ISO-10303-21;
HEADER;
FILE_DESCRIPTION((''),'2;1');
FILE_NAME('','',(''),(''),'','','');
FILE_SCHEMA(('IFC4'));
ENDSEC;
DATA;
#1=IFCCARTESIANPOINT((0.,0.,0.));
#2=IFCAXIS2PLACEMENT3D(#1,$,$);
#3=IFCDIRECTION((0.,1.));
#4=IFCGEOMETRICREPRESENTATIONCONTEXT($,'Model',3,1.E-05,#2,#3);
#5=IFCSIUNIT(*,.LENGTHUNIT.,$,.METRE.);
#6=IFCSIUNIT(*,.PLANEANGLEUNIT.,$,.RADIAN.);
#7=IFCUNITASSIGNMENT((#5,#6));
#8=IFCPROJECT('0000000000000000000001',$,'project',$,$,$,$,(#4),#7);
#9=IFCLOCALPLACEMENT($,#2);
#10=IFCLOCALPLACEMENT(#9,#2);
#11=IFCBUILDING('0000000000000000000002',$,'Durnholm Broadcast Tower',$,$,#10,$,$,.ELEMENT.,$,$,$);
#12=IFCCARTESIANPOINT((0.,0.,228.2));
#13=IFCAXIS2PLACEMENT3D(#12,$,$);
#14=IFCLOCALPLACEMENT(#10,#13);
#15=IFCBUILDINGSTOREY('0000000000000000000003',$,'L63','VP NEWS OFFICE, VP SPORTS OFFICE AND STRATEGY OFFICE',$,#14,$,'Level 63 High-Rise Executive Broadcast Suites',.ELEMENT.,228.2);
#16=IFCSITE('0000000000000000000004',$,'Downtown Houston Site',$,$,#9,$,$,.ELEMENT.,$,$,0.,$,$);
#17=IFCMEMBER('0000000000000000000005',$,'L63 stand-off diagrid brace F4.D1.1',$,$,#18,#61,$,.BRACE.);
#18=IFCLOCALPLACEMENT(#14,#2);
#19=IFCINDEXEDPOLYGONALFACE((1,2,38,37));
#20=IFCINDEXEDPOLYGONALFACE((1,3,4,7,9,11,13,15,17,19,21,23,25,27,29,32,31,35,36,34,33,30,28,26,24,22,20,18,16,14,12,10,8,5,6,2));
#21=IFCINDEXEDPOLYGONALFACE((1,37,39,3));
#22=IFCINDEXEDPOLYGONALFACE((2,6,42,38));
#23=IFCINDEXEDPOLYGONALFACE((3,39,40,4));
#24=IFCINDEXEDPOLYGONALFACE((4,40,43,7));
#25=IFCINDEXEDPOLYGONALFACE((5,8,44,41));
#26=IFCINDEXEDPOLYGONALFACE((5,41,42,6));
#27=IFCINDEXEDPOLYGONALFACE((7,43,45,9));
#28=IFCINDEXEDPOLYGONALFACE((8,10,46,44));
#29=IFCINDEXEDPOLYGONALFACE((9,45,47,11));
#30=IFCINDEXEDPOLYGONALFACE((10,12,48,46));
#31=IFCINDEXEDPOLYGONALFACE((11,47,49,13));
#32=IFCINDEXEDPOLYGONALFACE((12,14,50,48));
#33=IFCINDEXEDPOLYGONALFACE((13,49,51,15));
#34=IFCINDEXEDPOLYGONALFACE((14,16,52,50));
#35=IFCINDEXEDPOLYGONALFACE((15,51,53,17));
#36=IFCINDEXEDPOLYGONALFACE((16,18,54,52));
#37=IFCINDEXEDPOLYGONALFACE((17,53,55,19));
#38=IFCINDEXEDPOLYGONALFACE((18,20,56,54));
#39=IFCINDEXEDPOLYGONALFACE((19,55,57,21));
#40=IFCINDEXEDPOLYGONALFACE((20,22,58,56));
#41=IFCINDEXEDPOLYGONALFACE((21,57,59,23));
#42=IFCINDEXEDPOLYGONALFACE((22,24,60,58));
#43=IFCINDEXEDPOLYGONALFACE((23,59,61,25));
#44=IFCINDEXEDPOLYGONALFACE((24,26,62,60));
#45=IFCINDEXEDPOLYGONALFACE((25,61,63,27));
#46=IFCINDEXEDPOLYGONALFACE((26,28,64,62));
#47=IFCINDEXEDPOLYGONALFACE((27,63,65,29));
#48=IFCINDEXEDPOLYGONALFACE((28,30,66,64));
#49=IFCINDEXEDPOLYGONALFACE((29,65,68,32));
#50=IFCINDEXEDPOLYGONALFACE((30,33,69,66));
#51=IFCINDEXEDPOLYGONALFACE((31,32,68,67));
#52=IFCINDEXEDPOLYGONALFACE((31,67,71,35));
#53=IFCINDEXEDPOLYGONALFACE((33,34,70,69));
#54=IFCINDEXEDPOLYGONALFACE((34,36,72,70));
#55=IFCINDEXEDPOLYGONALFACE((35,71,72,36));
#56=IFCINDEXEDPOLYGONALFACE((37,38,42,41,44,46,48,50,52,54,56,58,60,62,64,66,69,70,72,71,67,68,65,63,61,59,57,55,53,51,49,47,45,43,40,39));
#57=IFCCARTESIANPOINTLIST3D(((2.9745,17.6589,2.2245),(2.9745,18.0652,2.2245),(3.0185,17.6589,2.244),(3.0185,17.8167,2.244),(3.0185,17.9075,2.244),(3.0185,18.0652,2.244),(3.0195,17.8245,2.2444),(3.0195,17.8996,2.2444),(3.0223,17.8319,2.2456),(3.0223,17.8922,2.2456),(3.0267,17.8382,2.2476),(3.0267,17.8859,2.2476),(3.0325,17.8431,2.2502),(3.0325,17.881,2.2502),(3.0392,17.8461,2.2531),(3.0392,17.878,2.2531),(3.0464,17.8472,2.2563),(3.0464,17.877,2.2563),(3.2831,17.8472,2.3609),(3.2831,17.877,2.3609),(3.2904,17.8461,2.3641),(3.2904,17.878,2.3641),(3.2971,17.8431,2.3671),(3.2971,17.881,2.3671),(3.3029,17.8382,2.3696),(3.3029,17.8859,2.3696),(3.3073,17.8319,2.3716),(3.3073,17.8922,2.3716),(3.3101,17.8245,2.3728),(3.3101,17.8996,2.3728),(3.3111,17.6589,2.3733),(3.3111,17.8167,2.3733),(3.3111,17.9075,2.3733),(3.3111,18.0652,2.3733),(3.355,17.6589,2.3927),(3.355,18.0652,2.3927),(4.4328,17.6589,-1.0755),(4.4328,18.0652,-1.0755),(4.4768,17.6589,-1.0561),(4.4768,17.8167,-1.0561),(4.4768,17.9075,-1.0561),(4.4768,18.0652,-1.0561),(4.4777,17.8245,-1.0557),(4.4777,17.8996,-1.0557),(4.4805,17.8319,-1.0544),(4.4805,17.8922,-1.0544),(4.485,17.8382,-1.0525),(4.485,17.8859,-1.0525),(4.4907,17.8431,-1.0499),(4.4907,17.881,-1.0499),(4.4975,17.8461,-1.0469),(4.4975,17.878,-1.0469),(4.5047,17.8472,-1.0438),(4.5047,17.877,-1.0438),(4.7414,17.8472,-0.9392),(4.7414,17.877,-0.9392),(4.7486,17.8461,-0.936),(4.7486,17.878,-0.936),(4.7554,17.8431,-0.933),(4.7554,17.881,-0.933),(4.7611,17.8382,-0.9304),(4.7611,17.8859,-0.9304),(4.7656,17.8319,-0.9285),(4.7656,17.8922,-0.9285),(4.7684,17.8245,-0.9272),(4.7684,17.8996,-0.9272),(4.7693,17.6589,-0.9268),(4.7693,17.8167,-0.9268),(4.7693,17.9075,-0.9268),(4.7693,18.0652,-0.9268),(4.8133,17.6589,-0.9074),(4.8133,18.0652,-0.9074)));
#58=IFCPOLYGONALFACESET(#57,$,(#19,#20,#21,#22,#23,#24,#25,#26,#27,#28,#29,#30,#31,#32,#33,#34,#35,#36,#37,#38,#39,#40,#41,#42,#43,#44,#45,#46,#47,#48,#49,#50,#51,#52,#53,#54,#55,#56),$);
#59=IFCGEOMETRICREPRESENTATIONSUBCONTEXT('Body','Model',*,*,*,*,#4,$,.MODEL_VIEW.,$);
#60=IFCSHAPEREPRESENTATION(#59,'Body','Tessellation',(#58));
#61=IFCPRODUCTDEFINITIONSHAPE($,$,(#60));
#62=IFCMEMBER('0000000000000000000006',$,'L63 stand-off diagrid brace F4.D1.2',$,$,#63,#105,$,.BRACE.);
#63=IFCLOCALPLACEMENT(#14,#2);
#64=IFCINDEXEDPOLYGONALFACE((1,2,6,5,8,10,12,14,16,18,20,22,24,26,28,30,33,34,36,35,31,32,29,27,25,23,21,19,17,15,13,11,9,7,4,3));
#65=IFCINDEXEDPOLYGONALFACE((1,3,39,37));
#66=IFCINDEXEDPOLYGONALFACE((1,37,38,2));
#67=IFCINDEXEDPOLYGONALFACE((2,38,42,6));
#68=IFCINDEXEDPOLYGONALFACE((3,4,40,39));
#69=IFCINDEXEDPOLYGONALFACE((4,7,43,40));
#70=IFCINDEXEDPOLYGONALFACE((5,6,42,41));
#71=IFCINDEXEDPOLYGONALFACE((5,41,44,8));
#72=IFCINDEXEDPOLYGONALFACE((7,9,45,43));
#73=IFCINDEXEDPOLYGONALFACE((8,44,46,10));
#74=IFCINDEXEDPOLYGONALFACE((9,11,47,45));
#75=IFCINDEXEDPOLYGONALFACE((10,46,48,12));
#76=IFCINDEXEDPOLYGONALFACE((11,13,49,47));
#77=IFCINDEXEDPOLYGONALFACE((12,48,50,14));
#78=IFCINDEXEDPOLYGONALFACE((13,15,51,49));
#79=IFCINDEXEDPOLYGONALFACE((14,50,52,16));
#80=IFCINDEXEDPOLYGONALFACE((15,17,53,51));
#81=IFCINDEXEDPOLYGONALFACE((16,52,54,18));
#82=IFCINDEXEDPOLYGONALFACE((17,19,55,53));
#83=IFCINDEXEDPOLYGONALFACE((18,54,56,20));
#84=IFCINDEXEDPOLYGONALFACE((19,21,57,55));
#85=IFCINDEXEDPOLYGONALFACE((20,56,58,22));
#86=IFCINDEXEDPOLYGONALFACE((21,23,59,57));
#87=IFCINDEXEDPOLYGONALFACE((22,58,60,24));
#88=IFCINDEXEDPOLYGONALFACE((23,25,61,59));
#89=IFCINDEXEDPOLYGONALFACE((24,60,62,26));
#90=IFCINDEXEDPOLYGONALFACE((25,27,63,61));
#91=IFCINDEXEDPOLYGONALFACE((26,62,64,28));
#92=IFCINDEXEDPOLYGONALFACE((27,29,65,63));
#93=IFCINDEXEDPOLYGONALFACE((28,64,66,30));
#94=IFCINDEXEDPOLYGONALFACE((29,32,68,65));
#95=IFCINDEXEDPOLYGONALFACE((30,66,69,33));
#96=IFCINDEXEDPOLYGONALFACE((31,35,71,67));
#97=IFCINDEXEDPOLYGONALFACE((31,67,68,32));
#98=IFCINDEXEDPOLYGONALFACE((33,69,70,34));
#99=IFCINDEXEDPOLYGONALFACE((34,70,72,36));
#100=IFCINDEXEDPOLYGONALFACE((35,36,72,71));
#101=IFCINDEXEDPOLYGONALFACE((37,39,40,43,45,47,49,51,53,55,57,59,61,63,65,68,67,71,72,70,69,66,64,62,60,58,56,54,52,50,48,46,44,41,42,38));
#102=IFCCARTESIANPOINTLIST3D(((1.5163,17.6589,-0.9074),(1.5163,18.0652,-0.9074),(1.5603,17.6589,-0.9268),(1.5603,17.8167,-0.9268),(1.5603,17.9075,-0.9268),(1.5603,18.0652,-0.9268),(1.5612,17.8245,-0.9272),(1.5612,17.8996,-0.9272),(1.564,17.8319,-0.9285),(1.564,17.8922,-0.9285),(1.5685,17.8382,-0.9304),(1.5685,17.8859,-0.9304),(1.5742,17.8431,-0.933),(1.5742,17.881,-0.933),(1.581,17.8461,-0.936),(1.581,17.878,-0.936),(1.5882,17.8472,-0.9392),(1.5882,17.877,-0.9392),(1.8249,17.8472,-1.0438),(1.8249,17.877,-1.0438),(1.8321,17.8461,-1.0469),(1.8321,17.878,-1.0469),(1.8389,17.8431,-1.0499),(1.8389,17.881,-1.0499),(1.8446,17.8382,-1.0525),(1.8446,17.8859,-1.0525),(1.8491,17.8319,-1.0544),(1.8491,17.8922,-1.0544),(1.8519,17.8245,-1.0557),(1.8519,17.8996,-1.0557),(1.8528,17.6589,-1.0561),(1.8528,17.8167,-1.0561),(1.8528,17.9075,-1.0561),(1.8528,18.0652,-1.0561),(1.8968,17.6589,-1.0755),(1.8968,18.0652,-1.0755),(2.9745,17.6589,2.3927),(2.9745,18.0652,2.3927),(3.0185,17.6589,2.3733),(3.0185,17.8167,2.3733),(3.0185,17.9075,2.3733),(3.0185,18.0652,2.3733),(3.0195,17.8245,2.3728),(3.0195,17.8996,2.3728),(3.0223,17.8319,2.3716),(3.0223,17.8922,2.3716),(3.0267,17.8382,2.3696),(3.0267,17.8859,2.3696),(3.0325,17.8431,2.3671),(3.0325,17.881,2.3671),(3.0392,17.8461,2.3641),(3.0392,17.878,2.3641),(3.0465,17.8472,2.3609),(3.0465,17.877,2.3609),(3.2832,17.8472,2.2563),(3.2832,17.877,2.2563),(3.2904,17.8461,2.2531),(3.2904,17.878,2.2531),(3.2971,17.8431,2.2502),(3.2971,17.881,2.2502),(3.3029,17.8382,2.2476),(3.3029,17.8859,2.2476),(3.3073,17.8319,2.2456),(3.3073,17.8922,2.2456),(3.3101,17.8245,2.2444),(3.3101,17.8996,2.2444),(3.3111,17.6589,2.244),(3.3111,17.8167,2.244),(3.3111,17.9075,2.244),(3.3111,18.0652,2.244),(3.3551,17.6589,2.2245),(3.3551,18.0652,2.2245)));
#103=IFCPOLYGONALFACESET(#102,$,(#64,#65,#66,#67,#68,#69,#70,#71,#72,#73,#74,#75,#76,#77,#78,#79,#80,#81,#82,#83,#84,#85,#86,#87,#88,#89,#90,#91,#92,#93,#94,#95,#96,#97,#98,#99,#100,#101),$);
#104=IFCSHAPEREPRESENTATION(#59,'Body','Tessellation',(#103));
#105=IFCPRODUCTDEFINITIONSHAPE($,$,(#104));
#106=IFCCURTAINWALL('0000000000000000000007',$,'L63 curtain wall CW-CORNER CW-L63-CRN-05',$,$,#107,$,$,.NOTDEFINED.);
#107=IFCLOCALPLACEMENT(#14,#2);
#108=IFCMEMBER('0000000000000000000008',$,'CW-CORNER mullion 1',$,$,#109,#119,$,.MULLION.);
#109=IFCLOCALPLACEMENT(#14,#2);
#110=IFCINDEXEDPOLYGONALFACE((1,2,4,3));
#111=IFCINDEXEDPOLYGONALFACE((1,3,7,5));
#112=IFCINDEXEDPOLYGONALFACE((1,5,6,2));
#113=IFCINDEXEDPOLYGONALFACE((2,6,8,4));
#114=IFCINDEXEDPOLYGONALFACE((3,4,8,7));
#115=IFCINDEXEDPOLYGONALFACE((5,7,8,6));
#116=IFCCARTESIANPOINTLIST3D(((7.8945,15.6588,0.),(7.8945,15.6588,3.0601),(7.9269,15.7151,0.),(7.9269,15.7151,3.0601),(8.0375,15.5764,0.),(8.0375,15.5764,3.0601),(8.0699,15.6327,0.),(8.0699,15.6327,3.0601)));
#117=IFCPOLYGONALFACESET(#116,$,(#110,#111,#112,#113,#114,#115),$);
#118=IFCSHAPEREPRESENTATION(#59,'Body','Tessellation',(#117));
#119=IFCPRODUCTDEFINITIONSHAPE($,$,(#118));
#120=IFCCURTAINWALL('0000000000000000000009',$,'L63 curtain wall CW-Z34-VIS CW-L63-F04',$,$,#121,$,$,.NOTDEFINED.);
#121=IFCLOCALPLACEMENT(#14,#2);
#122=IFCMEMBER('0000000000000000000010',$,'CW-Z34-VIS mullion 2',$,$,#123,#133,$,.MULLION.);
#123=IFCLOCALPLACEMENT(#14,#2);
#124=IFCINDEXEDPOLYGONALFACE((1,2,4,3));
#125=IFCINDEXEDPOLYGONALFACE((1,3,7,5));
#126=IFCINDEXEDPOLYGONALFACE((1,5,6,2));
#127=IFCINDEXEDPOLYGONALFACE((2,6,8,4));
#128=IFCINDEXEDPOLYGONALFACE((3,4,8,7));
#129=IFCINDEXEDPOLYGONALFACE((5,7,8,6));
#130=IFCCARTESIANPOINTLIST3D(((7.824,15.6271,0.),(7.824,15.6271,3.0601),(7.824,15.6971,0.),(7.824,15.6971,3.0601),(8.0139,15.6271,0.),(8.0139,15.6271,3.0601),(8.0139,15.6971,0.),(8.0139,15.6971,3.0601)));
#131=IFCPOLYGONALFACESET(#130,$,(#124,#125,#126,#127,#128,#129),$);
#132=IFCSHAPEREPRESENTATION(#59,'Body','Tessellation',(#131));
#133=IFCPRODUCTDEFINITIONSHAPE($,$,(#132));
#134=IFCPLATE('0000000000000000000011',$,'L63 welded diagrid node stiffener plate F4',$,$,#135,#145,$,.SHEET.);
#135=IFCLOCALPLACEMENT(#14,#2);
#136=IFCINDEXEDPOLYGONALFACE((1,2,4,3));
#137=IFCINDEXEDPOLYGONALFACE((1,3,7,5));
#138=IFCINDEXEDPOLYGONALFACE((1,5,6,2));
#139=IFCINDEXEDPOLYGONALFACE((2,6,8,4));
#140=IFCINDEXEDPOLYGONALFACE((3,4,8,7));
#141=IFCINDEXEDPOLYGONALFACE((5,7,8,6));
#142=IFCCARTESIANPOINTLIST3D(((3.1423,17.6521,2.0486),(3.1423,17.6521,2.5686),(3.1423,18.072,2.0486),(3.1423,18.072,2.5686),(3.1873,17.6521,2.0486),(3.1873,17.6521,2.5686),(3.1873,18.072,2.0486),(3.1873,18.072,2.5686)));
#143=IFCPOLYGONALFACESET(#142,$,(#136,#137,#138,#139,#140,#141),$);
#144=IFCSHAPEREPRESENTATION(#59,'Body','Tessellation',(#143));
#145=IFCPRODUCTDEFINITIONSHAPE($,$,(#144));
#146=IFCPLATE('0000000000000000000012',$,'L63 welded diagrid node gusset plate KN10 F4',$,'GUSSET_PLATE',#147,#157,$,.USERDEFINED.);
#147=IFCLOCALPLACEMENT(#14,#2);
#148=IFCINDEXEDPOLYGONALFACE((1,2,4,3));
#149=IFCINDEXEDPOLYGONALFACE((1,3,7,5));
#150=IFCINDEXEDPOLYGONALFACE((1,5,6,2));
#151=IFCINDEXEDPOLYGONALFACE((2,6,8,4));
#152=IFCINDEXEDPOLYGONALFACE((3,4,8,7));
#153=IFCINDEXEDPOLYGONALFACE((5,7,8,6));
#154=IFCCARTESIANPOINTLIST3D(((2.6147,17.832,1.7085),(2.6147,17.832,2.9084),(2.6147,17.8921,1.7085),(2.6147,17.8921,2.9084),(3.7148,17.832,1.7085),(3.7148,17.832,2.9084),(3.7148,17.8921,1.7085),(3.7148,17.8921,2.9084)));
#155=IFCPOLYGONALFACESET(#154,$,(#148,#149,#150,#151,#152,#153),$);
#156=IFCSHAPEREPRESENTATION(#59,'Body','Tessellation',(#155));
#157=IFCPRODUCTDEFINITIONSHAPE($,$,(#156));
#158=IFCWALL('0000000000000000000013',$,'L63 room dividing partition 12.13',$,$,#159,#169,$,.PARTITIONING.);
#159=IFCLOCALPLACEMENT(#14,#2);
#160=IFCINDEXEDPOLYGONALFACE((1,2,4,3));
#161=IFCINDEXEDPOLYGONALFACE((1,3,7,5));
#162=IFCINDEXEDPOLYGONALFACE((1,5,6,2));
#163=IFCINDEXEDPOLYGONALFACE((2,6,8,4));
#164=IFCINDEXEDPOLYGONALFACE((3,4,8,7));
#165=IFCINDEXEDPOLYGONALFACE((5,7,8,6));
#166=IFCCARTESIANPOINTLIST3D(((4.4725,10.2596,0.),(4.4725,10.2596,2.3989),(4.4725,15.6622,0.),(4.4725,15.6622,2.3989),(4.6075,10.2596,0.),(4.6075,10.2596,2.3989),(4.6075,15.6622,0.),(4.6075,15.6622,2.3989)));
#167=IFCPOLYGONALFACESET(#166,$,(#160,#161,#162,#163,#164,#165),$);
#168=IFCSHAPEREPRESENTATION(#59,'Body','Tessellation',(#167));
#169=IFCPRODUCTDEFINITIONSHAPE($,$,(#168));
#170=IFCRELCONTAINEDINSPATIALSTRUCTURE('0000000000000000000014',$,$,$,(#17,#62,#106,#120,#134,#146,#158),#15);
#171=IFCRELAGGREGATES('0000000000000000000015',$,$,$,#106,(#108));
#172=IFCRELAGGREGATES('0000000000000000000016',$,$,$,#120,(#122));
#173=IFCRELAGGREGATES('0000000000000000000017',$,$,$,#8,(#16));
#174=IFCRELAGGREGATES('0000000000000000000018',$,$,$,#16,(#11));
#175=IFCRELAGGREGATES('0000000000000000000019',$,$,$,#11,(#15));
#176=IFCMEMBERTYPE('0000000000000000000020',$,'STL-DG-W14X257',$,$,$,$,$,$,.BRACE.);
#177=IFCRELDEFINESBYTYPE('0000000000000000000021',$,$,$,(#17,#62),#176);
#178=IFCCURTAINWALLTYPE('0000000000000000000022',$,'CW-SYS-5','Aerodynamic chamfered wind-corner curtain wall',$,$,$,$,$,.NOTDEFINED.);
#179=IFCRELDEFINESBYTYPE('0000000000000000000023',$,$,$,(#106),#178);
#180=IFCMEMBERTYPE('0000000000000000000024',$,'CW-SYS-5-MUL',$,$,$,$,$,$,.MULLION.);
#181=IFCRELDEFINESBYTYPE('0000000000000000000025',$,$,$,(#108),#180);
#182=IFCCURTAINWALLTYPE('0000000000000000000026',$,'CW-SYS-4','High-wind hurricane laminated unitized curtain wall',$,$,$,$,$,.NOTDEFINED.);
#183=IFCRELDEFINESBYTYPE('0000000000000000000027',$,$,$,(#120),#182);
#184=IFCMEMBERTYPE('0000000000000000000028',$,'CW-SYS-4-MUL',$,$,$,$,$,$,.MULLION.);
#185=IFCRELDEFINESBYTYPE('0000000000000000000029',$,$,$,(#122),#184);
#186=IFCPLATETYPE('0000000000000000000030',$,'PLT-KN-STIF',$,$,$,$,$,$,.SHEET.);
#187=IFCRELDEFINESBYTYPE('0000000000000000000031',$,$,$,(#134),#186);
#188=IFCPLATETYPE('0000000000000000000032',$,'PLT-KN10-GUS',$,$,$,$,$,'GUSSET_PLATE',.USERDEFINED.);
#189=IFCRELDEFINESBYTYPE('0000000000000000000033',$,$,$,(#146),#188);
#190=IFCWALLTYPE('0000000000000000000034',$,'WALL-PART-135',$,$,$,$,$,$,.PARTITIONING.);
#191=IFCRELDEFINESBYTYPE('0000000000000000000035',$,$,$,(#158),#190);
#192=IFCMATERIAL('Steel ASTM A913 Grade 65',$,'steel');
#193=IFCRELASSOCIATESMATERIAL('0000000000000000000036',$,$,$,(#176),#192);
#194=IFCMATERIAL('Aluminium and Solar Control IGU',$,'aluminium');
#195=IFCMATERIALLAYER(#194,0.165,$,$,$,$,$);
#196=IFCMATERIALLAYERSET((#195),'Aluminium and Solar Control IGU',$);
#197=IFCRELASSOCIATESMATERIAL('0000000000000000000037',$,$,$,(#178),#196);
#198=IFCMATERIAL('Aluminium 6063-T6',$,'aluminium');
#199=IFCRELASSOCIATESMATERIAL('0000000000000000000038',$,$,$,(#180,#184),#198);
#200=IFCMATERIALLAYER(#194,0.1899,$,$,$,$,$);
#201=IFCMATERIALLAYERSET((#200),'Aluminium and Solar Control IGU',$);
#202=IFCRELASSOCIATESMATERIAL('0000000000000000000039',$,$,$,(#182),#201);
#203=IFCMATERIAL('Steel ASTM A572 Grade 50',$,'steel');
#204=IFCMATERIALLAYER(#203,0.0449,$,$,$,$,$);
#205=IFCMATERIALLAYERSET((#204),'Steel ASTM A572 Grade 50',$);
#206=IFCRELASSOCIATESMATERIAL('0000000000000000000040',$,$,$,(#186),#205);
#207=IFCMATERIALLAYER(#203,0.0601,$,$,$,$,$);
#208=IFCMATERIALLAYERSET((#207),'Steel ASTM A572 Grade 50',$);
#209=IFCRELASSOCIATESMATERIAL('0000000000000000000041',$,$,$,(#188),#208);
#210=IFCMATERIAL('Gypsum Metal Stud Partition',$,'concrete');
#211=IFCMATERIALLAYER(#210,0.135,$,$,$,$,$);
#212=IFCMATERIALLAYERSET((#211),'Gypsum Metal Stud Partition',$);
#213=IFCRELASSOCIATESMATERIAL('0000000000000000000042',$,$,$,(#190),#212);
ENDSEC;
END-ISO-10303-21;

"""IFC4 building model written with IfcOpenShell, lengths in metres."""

from ifc_helpers import new_model, si_unit, direction, frame, frame_2d, origin, origin_2d, place, context, subcontext, project, spatial, rectangle, i_section, extrude, source, transform, mapped, material, layer, layer_set, material_profile, profile_set, type_object, type_shapes, element, aggregate, save


model = new_model("IFC4")

# Units and contexts
model_context = context("Model", 3, precision=1e-05, world=origin(), true_north=direction((0.0, 1.0)))
body_context = subcontext(model_context, "Body", "Model", "MODEL_VIEW")
ifc_project = project(units=[si_unit("LENGTHUNIT", "METRE"), si_unit("PLANEANGLEUNIT", "RADIAN")], contexts=[model_context])

# Site, building, storey
site_placement = place(None, origin())
site = spatial("IfcSite", under=ifc_project, at=site_placement, Name="Downtown Houston Site", CompositionType="ELEMENT", RefElevation=0.0)
building_placement = place(site_placement, origin())
building = spatial("IfcBuilding", under=site, at=building_placement, Name="Durnholm Broadcast Tower", CompositionType="ELEMENT")
storey_placement = place(building_placement, frame((0.0, 0.0, 228.2)))
storey = spatial("IfcBuildingStorey", under=building, at=storey_placement, Name="L63", Description="VP NEWS OFFICE, VP SPORTS OFFICE AND STRATEGY OFFICE", LongName="Level 63 High-Rise Executive Broadcast Suites", CompositionType="ELEMENT", Elevation=228.2)

# Members
ifc_material_1 = material(Name="Steel ASTM A913 Grade 65", Category="steel")
ifc_material_profile_1 = material_profile(ifc_material_1, i_section(OverallWidth=0.4062, OverallDepth=0.416, WebThickness=0.0298, FlangeThickness=0.0481, FilletRadius=0.0305, at=origin_2d()), Name="W14X257")
ifc_profile_set_1 = profile_set([ifc_material_profile_1], Name="Steel ASTM A913 Grade 65")
member_type_1 = type_object("IfcMemberType", Name="STL-DG-W14X257", PredefinedType="BRACE", material=ifc_profile_set_1)
shared_shape_1 = source(origin(), body_context, "Body", "SweptSolid", [
    extrude(i_section(OverallWidth=0.4062, OverallDepth=0.416, WebThickness=0.0298, FlangeThickness=0.0481, FilletRadius=0.0305, at=origin_2d()), origin(), (0.0, 0.0, 1.0), 3.6079),
])
type_shapes(member_type_1, [shared_shape_1])
for number, where, z_axis, x_axis, name in (
    (1, (4.623, 17.8621, -0.9915), (-0.404185, 0.0, 0.914677), (0.0, -1.0, 0.0), "L63 stand-off diagrid brace F4.D1.1"),
    (2, (1.7065, 17.8621, -0.9915), (0.404185, 0.0, 0.914677), (0.0, 1.0, 0.0), "L63 stand-off diagrid brace F4.D1.2"),
):
    element("IfcMember", number, at=place(storey_placement, frame(where, z_axis=z_axis, x_axis=x_axis)), inside=storey, type_object=member_type_1, Name=name, PredefinedType="BRACE", context=body_context, shape_type="MappedRepresentation", body=[
        mapped(shared_shape_1, transform((0.0, 0.0, 0.0), x_axis=(1.0, 0.0, 0.0), y_axis=(0.0, 1.0, 0.0), z_axis=(0.0, 0.0, 1.0), scale=1.0)),
    ])

# Curtain walls, members
ifc_material_2 = material(Name="Aluminium and Solar Control IGU", Category="aluminium")
ifc_layer_1 = layer(ifc_material_2, 0.165)
ifc_layer_set_1 = layer_set([ifc_layer_1], Name="Aluminium and Solar Control IGU")
curtain_wall_type_1 = type_object("IfcCurtainWallType", Name="CW-SYS-5", Description="Aerodynamic chamfered wind-corner curtain wall", PredefinedType="NOTDEFINED", material=ifc_layer_set_1)
curtain_wall_1_placement = place(storey_placement, origin())
curtain_wall_1 = element("IfcCurtainWall", 3, at=curtain_wall_1_placement, inside=storey, type_object=curtain_wall_type_1, Name="L63 curtain wall CW-CORNER CW-L63-CRN-05", PredefinedType="NOTDEFINED")
ifc_material_3 = material(Name="Aluminium 6063-T6", Category="aluminium")
ifc_material_profile_2 = material_profile(ifc_material_3, rectangle(XDim=0.0649, YDim=0.165, at=origin_2d()), Name="CWM65X165")
ifc_profile_set_2 = profile_set([ifc_material_profile_2], Name="Aluminium 6063-T6")
member_type_2 = type_object("IfcMemberType", Name="CW-SYS-5-MUL", PredefinedType="MULLION", material=ifc_profile_set_2)
shared_shape_2 = source(origin(), body_context, "Body", "SweptSolid", [
    extrude(rectangle(XDim=0.0649, YDim=0.165, at=origin_2d()), origin(), (0.0, 0.0, 1.0), 3.0601),
])
type_shapes(member_type_2, [shared_shape_2])
member_1_placement = place(storey_placement, frame((7.9822, 15.6458, 0.0), z_axis=(0.0, 0.0, 1.0), x_axis=(0.499059, 0.866568, 0.0)))
member_1 = element("IfcMember", 4, at=member_1_placement, type_object=member_type_2, Name="CW-CORNER mullion 1", PredefinedType="MULLION", context=body_context, shape_type="MappedRepresentation", body=[
    mapped(shared_shape_2, transform((0.0, 0.0, 0.0), x_axis=(1.0, 0.0, 0.0), y_axis=(0.0, 1.0, 0.0), z_axis=(0.0, 0.0, 1.0), scale=1.0)),
])
aggregate(curtain_wall_1, [member_1])
ifc_layer_2 = layer(ifc_material_2, 0.1899)
ifc_layer_set_2 = layer_set([ifc_layer_2], Name="Aluminium and Solar Control IGU")
curtain_wall_type_2 = type_object("IfcCurtainWallType", Name="CW-SYS-4", Description="High-wind hurricane laminated unitized curtain wall", PredefinedType="NOTDEFINED", material=ifc_layer_set_2)
curtain_wall_2_placement = place(storey_placement, origin())
curtain_wall_2 = element("IfcCurtainWall", 5, at=curtain_wall_2_placement, inside=storey, type_object=curtain_wall_type_2, Name="L63 curtain wall CW-Z34-VIS CW-L63-F04", PredefinedType="NOTDEFINED")
ifc_material_profile_3 = material_profile(ifc_material_3, rectangle(XDim=0.0701, YDim=0.1899, at=origin_2d()), Name="CWM70X190")
ifc_profile_set_3 = profile_set([ifc_material_profile_3], Name="Aluminium 6063-T6")
member_type_3 = type_object("IfcMemberType", Name="CW-SYS-4-MUL", PredefinedType="MULLION", material=ifc_profile_set_3)
shared_shape_3 = source(origin(), body_context, "Body", "SweptSolid", [
    extrude(rectangle(XDim=0.0701, YDim=0.1899, at=origin_2d()), origin(), (0.0, 0.0, 1.0), 3.0601),
])
type_shapes(member_type_3, [shared_shape_3])
member_2_placement = place(storey_placement, frame((7.9189, 15.6621, 0.0), z_axis=(0.0, 0.0, 1.0), x_axis=(0.0, 1.0, 0.0)))
member_2 = element("IfcMember", 6, at=member_2_placement, type_object=member_type_3, Name="CW-Z34-VIS mullion 2", PredefinedType="MULLION", context=body_context, shape_type="MappedRepresentation", body=[
    mapped(shared_shape_3, transform((0.0, 0.0, 0.0), x_axis=(1.0, 0.0, 0.0), y_axis=(0.0, 1.0, 0.0), z_axis=(0.0, 0.0, 1.0), scale=1.0)),
])
aggregate(curtain_wall_2, [member_2])

# Plates
ifc_material_4 = material(Name="Steel ASTM A572 Grade 50", Category="steel")
ifc_layer_3 = layer(ifc_material_4, 0.0449)
ifc_layer_set_3 = layer_set([ifc_layer_3], Name="Steel ASTM A572 Grade 50")
plate_type_1 = type_object("IfcPlateType", Name="PLT-KN-STIF", PredefinedType="SHEET", material=ifc_layer_set_3)
shared_shape_4 = source(origin(), body_context, "Body", "SweptSolid", [
    extrude(rectangle(XDim=0.0449, YDim=0.4199, at=origin_2d()), origin(), (0.0, 0.0, 1.0), 0.52),
])
type_shapes(plate_type_1, [shared_shape_4])
plate_1_placement = place(storey_placement, frame((3.1648, 17.8621, 2.0486), z_axis=(0.0, 0.0, 1.0), x_axis=(-1.0, 0.0, 0.0)))
element("IfcPlate", 7, at=plate_1_placement, inside=storey, type_object=plate_type_1, Name="L63 welded diagrid node stiffener plate F4", PredefinedType="SHEET", context=body_context, shape_type="MappedRepresentation", body=[
    mapped(shared_shape_4, transform((0.0, 0.0, 0.0), x_axis=(1.0, 0.0, 0.0), y_axis=(0.0, 1.0, 0.0), z_axis=(0.0, 0.0, 1.0), scale=1.0)),
])
ifc_layer_4 = layer(ifc_material_4, 0.0601)
ifc_layer_set_4 = layer_set([ifc_layer_4], Name="Steel ASTM A572 Grade 50")
plate_type_2 = type_object("IfcPlateType", Name="PLT-KN10-GUS", ElementType="GUSSET_PLATE", PredefinedType="USERDEFINED", material=ifc_layer_set_4)
shared_shape_5 = source(origin(), body_context, "Body", "SweptSolid", [
    extrude(rectangle(XDim=1.1001, YDim=0.0601, at=origin_2d()), origin(), (0.0, 0.0, 1.0), 1.2),
])
type_shapes(plate_type_2, [shared_shape_5])
plate_2_placement = place(storey_placement, frame((3.1648, 17.8621, 1.7085), z_axis=(0.0, 0.0, 1.0), x_axis=(-1.0, 0.0, 0.0)))
element("IfcPlate", 8, at=plate_2_placement, inside=storey, type_object=plate_type_2, Name="L63 welded diagrid node gusset plate KN10 F4", ObjectType="GUSSET_PLATE", PredefinedType="USERDEFINED", context=body_context, shape_type="MappedRepresentation", body=[
    mapped(shared_shape_5, transform((0.0, 0.0, 0.0), x_axis=(1.0, 0.0, 0.0), y_axis=(0.0, 1.0, 0.0), z_axis=(0.0, 0.0, 1.0), scale=1.0)),
])

# Wall
ifc_material_5 = material(Name="Gypsum Metal Stud Partition", Category="concrete")
ifc_layer_5 = layer(ifc_material_5, 0.135)
ifc_layer_set_5 = layer_set([ifc_layer_5], Name="Gypsum Metal Stud Partition")
wall_type_1 = type_object("IfcWallType", Name="WALL-PART-135", PredefinedType="PARTITIONING", material=ifc_layer_set_5)
wall_1_placement = place(storey_placement, frame((4.54, 15.6621, 0.0), z_axis=(0.0, 0.0, 1.0), x_axis=(0.0, -1.0, 0.0)))
element("IfcWall", 9, at=wall_1_placement, inside=storey, type_object=wall_type_1, Name="L63 room dividing partition 12.13", PredefinedType="PARTITIONING", context=body_context, shape_type="SweptSolid", body=[
    extrude(rectangle(XDim=5.4026, YDim=0.135, at=frame_2d((2.7012, 0.0))), origin(), (0.0, 0.0, 1.0), 2.3989),
])

save(model, "model.ifc")
